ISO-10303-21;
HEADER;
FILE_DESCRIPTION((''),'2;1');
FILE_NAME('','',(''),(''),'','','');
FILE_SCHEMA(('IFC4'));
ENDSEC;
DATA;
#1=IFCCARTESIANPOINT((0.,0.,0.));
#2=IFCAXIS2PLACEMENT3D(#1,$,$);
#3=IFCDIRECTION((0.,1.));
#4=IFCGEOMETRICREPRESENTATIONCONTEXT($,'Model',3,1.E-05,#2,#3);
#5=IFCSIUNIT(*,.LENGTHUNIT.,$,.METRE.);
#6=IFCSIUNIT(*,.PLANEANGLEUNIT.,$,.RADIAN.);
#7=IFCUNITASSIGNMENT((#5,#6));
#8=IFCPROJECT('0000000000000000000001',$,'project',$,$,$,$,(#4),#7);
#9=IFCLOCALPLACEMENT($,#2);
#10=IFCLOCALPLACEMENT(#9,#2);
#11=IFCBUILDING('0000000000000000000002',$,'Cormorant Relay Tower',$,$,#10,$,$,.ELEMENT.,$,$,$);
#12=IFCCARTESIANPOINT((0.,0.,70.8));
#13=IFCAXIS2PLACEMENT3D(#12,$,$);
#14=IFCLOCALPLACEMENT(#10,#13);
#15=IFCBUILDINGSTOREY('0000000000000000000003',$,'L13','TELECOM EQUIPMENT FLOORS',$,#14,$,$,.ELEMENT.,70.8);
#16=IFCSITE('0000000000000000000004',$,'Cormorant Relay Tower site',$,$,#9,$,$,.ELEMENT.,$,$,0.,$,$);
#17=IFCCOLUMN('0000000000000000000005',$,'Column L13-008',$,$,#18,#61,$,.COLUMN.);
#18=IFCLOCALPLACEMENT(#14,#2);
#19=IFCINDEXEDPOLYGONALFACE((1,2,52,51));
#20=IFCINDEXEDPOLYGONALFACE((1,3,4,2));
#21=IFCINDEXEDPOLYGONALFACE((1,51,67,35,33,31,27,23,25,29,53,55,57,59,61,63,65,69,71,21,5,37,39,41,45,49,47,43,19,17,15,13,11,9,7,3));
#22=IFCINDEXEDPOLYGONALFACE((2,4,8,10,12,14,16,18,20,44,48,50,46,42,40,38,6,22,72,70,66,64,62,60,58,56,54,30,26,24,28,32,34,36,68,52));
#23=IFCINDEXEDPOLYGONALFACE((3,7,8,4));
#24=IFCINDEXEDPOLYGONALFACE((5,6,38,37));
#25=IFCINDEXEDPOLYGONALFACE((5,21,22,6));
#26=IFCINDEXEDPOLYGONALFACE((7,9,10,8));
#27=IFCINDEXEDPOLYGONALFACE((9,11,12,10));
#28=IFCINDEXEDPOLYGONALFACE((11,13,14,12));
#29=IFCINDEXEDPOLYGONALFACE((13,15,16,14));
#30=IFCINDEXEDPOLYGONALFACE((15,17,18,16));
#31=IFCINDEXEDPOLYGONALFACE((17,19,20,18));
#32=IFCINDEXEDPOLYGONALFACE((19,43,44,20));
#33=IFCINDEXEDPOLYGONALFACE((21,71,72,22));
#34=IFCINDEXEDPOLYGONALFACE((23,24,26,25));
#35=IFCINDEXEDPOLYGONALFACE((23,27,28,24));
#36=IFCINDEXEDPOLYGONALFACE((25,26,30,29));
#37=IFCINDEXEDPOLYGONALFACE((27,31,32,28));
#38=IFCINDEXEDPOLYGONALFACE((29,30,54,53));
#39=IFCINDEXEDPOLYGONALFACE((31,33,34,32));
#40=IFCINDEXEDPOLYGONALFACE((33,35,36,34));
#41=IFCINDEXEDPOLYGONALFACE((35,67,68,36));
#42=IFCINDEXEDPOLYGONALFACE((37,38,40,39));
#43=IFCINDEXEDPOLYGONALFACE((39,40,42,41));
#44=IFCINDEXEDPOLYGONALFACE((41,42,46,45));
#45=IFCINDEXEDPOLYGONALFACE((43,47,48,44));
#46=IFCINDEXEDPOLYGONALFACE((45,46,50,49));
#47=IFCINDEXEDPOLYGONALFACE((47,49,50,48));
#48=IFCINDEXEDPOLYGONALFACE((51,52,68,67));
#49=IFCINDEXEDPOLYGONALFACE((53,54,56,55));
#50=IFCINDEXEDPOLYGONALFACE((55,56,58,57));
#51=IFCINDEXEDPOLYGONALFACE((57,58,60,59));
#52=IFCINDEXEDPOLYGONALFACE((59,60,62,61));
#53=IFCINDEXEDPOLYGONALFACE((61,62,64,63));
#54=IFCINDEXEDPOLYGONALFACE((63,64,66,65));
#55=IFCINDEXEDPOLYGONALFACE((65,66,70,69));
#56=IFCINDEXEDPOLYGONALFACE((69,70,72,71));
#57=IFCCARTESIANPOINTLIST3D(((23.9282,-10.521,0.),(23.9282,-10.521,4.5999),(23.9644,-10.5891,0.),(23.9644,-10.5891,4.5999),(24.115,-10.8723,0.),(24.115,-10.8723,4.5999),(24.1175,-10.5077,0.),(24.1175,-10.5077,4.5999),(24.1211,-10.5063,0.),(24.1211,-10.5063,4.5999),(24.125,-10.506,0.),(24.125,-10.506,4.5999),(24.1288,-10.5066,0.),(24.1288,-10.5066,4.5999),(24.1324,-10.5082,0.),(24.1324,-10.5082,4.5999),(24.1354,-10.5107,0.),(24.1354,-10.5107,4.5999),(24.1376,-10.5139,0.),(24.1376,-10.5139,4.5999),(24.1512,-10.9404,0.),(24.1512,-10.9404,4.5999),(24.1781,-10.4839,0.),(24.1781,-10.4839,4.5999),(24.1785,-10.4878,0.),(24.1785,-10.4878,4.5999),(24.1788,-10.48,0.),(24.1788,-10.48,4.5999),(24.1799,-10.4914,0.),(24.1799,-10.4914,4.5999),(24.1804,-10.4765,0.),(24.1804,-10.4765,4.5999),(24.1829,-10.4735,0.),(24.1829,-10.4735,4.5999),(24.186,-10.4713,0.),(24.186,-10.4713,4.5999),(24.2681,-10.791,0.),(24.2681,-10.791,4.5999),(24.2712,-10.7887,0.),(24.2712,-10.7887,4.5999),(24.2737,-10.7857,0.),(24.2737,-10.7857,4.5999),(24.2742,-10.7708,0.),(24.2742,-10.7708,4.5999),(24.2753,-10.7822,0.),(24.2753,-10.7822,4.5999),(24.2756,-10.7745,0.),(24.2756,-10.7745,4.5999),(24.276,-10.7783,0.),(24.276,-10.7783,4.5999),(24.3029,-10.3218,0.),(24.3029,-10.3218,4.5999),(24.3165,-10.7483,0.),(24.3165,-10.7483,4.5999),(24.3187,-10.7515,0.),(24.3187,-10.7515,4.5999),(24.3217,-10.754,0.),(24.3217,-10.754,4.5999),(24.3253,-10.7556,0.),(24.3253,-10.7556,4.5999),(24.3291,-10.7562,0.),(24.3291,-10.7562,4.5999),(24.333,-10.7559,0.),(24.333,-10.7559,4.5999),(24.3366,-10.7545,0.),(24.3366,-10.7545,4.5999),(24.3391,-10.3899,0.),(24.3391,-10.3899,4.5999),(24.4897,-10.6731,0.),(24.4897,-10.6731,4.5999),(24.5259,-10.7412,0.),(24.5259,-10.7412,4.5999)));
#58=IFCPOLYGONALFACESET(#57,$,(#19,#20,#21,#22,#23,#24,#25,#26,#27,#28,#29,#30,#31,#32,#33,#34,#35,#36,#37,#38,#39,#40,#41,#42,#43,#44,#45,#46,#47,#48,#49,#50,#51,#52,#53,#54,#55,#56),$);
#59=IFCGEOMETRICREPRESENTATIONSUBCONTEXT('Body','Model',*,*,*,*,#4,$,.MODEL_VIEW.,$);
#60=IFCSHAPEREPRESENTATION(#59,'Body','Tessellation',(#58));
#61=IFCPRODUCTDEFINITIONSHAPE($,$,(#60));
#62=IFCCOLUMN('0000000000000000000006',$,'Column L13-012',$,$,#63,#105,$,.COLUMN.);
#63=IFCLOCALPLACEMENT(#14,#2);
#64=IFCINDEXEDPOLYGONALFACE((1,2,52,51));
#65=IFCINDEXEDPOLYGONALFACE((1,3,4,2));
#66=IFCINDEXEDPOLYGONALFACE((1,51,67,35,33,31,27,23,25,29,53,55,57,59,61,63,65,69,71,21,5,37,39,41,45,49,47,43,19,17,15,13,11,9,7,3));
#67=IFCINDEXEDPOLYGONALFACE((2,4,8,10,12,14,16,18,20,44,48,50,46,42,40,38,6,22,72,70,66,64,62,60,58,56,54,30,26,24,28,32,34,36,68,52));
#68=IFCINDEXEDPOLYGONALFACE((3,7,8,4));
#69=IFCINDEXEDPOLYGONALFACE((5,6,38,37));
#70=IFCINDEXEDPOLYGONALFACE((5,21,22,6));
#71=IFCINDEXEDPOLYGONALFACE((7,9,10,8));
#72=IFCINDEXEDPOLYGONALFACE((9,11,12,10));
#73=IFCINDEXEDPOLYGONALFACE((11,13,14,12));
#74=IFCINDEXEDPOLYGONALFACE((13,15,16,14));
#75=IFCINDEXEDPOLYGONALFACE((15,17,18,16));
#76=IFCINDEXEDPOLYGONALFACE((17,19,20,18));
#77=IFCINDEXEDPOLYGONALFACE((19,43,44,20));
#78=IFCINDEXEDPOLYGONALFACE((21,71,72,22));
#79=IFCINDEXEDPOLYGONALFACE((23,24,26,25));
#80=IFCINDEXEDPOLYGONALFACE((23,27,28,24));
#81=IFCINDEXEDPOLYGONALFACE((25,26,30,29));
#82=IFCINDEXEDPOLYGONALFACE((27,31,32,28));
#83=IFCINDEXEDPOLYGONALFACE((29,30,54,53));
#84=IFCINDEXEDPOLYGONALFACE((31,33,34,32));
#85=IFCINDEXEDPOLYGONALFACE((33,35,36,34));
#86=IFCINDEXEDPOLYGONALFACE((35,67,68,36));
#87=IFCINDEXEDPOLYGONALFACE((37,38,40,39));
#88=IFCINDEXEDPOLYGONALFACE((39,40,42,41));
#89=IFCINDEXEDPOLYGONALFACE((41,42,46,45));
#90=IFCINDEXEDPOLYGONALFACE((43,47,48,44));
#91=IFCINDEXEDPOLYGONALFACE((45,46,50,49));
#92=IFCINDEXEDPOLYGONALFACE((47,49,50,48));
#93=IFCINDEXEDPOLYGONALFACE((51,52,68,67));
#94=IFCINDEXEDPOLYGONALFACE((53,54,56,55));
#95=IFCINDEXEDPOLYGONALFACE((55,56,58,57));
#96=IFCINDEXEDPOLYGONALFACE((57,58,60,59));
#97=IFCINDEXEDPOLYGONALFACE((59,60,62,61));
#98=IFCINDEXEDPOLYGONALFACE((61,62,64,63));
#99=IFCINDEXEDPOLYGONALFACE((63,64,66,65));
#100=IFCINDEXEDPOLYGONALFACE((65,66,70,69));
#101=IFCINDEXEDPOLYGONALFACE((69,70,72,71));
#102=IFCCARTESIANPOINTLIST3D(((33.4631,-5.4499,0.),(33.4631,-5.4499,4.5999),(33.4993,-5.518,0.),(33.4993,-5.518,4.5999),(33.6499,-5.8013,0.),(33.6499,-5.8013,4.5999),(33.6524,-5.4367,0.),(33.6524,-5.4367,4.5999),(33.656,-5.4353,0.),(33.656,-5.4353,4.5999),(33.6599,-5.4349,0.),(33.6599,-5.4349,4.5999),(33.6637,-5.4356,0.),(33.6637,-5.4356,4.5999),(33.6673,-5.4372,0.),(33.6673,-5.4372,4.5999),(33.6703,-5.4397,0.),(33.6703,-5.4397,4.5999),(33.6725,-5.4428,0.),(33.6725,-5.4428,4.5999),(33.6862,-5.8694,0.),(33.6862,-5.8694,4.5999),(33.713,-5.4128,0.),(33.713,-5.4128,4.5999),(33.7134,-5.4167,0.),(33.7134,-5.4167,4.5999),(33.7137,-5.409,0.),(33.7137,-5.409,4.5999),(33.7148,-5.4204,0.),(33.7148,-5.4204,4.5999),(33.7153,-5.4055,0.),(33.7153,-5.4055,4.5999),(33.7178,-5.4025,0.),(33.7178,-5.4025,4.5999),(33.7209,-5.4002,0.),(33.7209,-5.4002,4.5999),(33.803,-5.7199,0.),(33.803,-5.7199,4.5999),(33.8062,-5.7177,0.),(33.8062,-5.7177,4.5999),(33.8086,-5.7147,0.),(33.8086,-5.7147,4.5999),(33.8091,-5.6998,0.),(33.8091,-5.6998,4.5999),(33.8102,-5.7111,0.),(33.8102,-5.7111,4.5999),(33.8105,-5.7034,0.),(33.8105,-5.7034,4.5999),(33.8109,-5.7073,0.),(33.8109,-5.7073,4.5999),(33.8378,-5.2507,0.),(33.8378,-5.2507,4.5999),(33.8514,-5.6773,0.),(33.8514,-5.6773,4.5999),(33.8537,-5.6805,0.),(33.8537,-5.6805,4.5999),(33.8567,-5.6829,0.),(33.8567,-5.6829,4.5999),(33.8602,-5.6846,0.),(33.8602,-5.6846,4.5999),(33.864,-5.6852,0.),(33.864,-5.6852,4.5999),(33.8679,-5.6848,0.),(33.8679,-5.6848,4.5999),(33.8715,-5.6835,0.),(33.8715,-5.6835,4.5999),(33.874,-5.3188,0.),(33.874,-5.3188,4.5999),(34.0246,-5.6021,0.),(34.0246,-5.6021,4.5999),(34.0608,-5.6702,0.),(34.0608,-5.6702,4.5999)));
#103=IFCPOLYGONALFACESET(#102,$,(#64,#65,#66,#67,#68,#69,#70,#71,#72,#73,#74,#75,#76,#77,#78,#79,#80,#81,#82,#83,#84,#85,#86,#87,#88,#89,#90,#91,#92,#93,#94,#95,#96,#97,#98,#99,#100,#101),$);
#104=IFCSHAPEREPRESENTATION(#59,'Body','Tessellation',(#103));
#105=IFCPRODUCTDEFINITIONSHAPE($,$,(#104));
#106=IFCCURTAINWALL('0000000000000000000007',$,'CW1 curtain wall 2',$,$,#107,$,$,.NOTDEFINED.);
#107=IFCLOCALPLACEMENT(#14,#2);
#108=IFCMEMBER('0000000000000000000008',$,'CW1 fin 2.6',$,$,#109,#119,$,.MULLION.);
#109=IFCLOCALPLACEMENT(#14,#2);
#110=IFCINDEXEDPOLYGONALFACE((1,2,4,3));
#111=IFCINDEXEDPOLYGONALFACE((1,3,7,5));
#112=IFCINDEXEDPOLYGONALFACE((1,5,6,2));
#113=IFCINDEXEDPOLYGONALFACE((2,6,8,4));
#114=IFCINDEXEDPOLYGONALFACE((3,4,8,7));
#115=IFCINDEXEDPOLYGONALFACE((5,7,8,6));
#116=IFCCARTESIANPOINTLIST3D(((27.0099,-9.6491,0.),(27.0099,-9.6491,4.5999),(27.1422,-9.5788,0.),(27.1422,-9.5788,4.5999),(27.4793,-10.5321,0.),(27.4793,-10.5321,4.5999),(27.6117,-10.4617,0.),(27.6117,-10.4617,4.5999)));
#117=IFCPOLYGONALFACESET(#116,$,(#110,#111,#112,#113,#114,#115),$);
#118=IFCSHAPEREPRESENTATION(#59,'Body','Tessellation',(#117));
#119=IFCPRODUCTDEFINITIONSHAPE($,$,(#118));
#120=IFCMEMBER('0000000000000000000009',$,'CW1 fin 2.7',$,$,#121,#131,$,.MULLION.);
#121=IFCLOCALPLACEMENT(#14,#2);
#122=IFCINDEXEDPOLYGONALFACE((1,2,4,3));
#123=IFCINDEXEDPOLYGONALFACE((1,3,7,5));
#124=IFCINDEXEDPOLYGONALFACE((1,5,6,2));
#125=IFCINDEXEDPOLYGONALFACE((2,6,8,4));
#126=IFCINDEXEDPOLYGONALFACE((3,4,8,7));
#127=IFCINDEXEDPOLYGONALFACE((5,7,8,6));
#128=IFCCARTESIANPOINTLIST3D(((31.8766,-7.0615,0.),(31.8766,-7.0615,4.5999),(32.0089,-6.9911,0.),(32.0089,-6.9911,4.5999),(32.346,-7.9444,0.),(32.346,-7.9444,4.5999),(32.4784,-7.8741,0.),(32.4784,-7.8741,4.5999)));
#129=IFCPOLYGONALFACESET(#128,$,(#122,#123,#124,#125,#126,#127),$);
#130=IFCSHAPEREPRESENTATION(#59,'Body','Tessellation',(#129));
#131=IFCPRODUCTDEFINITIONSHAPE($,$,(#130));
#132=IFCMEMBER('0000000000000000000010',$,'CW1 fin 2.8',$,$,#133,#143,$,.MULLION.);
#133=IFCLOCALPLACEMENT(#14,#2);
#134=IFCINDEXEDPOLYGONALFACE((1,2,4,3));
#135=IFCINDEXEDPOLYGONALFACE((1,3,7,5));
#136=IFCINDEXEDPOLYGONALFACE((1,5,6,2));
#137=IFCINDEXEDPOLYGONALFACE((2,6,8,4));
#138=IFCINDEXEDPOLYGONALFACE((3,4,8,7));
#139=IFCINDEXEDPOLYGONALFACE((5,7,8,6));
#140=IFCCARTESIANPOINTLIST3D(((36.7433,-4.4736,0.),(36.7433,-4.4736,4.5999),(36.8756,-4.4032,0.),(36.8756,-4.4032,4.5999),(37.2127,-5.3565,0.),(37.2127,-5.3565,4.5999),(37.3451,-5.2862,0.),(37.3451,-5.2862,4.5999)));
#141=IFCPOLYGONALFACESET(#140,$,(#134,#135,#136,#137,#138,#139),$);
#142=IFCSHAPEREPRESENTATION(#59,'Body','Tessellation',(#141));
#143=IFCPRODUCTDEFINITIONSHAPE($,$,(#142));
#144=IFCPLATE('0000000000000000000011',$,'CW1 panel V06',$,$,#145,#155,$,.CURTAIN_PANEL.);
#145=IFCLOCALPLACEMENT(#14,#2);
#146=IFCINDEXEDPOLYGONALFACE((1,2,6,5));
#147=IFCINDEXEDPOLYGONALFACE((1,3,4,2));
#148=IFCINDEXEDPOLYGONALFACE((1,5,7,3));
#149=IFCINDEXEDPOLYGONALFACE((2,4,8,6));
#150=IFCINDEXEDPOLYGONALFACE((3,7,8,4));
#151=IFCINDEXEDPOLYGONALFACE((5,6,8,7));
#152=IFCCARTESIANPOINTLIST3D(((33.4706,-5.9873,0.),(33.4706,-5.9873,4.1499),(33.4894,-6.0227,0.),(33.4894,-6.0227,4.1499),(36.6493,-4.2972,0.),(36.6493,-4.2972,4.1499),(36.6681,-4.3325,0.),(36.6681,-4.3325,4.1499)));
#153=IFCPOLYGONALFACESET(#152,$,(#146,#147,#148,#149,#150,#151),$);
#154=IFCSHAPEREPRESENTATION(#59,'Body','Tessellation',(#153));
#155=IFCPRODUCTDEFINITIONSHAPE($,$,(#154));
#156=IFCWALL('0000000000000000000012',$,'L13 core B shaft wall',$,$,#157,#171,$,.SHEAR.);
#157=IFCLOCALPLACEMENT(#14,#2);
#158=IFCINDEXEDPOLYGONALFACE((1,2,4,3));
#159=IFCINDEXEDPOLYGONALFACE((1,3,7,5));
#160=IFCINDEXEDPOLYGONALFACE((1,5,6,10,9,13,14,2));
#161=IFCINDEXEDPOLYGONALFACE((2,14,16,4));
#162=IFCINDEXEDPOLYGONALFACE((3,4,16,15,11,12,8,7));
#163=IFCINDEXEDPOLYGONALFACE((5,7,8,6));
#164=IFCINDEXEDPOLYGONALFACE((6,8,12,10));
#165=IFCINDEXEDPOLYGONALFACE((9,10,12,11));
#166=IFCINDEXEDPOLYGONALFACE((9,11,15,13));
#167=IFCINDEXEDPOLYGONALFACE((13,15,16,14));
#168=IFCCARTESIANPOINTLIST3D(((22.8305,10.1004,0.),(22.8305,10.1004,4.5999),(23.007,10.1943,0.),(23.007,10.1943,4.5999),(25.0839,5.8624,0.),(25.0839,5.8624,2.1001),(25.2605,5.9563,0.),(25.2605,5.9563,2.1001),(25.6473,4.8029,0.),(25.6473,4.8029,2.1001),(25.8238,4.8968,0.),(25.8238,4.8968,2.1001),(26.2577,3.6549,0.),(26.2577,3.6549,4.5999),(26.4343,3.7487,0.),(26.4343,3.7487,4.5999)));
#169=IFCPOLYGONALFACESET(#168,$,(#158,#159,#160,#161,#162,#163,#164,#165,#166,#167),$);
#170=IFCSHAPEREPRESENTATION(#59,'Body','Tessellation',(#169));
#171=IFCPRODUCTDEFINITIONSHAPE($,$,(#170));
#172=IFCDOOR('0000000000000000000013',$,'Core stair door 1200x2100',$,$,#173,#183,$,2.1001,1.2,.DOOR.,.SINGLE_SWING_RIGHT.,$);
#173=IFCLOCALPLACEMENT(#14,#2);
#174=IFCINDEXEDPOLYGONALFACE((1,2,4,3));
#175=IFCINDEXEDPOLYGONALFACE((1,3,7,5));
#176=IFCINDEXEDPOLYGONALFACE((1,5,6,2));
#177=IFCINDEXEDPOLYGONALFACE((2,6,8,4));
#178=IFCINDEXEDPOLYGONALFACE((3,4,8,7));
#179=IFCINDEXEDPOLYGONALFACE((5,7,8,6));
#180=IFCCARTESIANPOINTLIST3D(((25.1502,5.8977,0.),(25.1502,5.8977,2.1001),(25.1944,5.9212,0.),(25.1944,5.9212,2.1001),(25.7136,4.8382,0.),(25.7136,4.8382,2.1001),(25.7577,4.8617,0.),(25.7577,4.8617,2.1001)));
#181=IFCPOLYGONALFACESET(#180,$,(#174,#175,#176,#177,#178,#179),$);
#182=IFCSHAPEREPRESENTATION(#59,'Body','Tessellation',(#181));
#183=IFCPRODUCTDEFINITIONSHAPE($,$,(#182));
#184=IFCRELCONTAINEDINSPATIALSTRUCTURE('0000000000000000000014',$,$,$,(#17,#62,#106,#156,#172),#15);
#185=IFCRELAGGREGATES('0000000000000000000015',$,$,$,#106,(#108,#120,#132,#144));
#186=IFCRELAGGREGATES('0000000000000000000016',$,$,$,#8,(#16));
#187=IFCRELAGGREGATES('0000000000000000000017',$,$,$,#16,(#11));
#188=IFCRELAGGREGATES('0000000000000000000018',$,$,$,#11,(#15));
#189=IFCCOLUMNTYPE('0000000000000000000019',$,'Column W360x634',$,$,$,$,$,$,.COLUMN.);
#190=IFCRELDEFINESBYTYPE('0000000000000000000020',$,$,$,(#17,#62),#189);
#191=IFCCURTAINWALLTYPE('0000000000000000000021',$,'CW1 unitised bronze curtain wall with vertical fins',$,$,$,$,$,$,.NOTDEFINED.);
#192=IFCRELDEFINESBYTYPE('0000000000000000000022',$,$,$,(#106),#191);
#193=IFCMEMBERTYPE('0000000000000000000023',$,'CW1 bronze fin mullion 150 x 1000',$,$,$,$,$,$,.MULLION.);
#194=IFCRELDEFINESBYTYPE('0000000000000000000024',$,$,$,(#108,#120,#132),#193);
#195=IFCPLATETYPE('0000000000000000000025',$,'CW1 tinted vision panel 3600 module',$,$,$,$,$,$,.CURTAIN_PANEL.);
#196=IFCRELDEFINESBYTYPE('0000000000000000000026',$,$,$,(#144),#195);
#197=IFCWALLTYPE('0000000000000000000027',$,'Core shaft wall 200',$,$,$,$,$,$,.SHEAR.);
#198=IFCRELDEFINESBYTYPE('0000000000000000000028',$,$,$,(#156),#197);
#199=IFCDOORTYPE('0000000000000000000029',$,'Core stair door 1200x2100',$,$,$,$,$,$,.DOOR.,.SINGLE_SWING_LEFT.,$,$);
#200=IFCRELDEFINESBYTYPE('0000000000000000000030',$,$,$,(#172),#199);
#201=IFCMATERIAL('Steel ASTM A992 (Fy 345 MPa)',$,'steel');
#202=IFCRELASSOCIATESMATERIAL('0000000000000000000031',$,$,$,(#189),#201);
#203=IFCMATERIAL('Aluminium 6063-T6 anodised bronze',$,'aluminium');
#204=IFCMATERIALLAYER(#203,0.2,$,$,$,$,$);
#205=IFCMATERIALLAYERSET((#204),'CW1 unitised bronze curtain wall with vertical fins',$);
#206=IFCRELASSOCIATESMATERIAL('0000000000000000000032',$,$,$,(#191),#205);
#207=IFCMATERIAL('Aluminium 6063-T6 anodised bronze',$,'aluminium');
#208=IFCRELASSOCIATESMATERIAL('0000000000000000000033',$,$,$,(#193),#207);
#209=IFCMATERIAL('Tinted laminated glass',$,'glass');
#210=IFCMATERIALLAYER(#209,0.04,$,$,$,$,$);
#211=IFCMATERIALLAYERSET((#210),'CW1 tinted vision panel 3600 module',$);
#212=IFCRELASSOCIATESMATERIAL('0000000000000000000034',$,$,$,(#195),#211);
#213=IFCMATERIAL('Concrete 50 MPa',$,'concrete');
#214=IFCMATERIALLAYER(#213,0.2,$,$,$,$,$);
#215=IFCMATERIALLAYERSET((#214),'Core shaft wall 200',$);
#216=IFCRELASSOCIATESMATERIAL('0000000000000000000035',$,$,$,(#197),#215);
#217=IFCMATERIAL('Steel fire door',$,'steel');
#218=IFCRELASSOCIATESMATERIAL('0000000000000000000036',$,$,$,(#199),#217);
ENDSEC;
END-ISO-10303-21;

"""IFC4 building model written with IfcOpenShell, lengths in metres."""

from ifc_helpers import new_model, si_unit, direction, frame, frame_2d, origin, origin_2d, place, context, subcontext, project, spatial, rectangle, i_section, extrude, material, layer, layer_set, material_profile, profile_set, type_object, element, fill, aggregate, save


model = new_model("IFC4")

# Units and contexts
model_context = context("Model", 3, precision=1e-05, world=origin(), true_north=direction((0.0, 1.0)))
body_context = subcontext(model_context, "Body", "Model", "MODEL_VIEW")
ifc_project = project(units=[si_unit("LENGTHUNIT", "METRE"), si_unit("PLANEANGLEUNIT", "RADIAN")], contexts=[model_context])

# Site, building, storey
site_placement = place(None, origin())
site = spatial("IfcSite", under=ifc_project, at=site_placement, Name="Cormorant Relay Tower site", CompositionType="ELEMENT", RefElevation=0.0)
building_placement = place(site_placement, origin())
building = spatial("IfcBuilding", under=site, at=building_placement, Name="Cormorant Relay Tower", CompositionType="ELEMENT")
storey_placement = place(building_placement, frame((0.0, 0.0, 70.8)))
storey = spatial("IfcBuildingStorey", under=building, at=storey_placement, Name="L13", Description="TELECOM EQUIPMENT FLOORS", CompositionType="ELEMENT", Elevation=70.8)

# Columns
ifc_material_1 = material(Name="Steel ASTM A992 (Fy 345 MPa)", Category="steel")
ifc_material_profile_1 = material_profile(ifc_material_1, i_section(OverallWidth=0.4243, OverallDepth=0.4751, WebThickness=0.0479, FlangeThickness=0.0771, FilletRadius=0.0149, at=origin_2d()), Name="W360x634")
ifc_profile_set_1 = profile_set([ifc_material_profile_1], Name="Steel ASTM A992 (Fy 345 MPa)")
column_type = type_object("IfcColumnType", Name="Column W360x634", PredefinedType="COLUMN", material=ifc_profile_set_1)
for number, where, z_axis, x_axis, name in (
    (1, (24.2271, -10.6311, 0.0), (0.0, 0.0, 1.0), (0.882948, 0.469472, 0.0), "Column L13-008"),
    (2, (33.762, -5.5601, 0.0), (0.0, 0.0, 1.0), (0.882948, 0.469472, 0.0), "Column L13-012"),
):
    element("IfcColumn", number, at=place(storey_placement, frame(where, z_axis=z_axis, x_axis=x_axis)), inside=storey, type_object=column_type, Name=name, PredefinedType="COLUMN", context=body_context, shape_type="SweptSolid", body=[
        extrude(i_section(OverallWidth=0.4243, OverallDepth=0.4751, WebThickness=0.0479, FlangeThickness=0.0771, FilletRadius=0.0149, at=origin_2d()), origin(), (0.0, 0.0, 1.0), 4.5999),
    ])

# Curtain wall, members, plate
ifc_material_2 = material(Name="Aluminium 6063-T6 anodised bronze", Category="aluminium")
ifc_layer_1 = layer(ifc_material_2, 0.2)
ifc_layer_set_1 = layer_set([ifc_layer_1], Name="CW1 unitised bronze curtain wall with vertical fins")
curtain_wall_type = type_object("IfcCurtainWallType", Name="CW1 unitised bronze curtain wall with vertical fins", PredefinedType="NOTDEFINED", material=ifc_layer_set_1)
curtain_wall_placement = place(storey_placement, origin())
curtain_wall = element("IfcCurtainWall", 3, at=curtain_wall_placement, inside=storey, type_object=curtain_wall_type, Name="CW1 curtain wall 2", PredefinedType="NOTDEFINED")
ifc_material_3 = material(Name="Aluminium 6063-T6 anodised bronze", Category="aluminium")
ifc_material_profile_2 = material_profile(ifc_material_3, rectangle(XDim=0.1499, YDim=1.0, at=origin_2d()), Name="AL 150x1000")
ifc_profile_set_2 = profile_set([ifc_material_profile_2], Name="Aluminium 6063-T6 anodised bronze")
member_type = type_object("IfcMemberType", Name="CW1 bronze fin mullion 150 x 1000", PredefinedType="MULLION", material=ifc_profile_set_2)
member_1_placement = place(storey_placement, frame((27.3108, -10.0554, 0.0), z_axis=(0.0, 0.0, 1.0), x_axis=(0.882948, 0.469472, 0.0)))
member_1 = element("IfcMember", 4, at=member_1_placement, type_object=member_type, Name="CW1 fin 2.6", PredefinedType="MULLION", context=body_context, shape_type="SweptSolid", body=[
    extrude(rectangle(XDim=0.1499, YDim=1.0, at=origin_2d()), origin(), (0.0, 0.0, 1.0), 4.5999),
])
member_2_placement = place(storey_placement, frame((32.1775, -7.4678, 0.0), z_axis=(0.0, 0.0, 1.0), x_axis=(0.882948, 0.469472, 0.0)))
member_2 = element("IfcMember", 5, at=member_2_placement, type_object=member_type, Name="CW1 fin 2.7", PredefinedType="MULLION", context=body_context, shape_type="SweptSolid", body=[
    extrude(rectangle(XDim=0.1499, YDim=1.0, at=origin_2d()), origin(), (0.0, 0.0, 1.0), 4.5999),
])
member_3_placement = place(storey_placement, frame((37.0442, -4.8799, 0.0), z_axis=(0.0, 0.0, 1.0), x_axis=(0.882948, 0.469472, 0.0)))
member_3 = element("IfcMember", 6, at=member_3_placement, type_object=member_type, Name="CW1 fin 2.8", PredefinedType="MULLION", context=body_context, shape_type="SweptSolid", body=[
    extrude(rectangle(XDim=0.1499, YDim=1.0, at=origin_2d()), origin(), (0.0, 0.0, 1.0), 4.5999),
])
ifc_material_4 = material(Name="Tinted laminated glass", Category="glass")
ifc_layer_2 = layer(ifc_material_4, 0.04)
ifc_layer_set_2 = layer_set([ifc_layer_2], Name="CW1 tinted vision panel 3600 module")
plate_type = type_object("IfcPlateType", Name="CW1 tinted vision panel 3600 module", PredefinedType="CURTAIN_PANEL", material=ifc_layer_set_2)
plate_placement = place(storey_placement, frame((35.0693, -5.1599, 0.0), z_axis=(0.0, 0.0, 1.0), x_axis=(0.882948, 0.469472, 0.0)))
plate = element("IfcPlate", 7, at=plate_placement, type_object=plate_type, Name="CW1 panel V06", PredefinedType="CURTAIN_PANEL", context=body_context, shape_type="SweptSolid", body=[
    extrude(rectangle(XDim=3.6001, YDim=0.04, at=origin_2d()), origin(), (0.0, 0.0, 1.0), 4.1499),
])

# Wall, opening, door
ifc_material_5 = material(Name="Concrete 50 MPa", Category="concrete")
ifc_layer_3 = layer(ifc_material_5, 0.2)
ifc_layer_set_3 = layer_set([ifc_layer_3], Name="Core shaft wall 200")
wall_type_1 = type_object("IfcWallType", Name="Core shaft wall 200", PredefinedType="SHEAR", material=ifc_layer_set_3)
wall_1_placement = place(storey_placement, frame((26.3459, 3.7019, 0.0), z_axis=(0.0, 0.0, 1.0), x_axis=(-0.46948, 0.882943, 0.0)))
wall_1 = element("IfcWall", 8, at=wall_1_placement, inside=storey, type_object=wall_type_1, Name="L13 core B shaft wall", PredefinedType="SHEAR", context=body_context, shape_type="SweptSolid", body=[
    extrude(rectangle(XDim=7.3, YDim=0.2, at=frame_2d((3.6499, 0.0))), origin(), (0.0, 0.0, 1.0), 4.5999),
])
opening_1_placement = place(wall_1_placement, frame((1.3, 0.0, 0.0)))
opening_1 = element("IfcOpeningElement", 9, at=opening_1_placement, cuts=wall_1, PredefinedType="OPENING", context=body_context, shape_type="SweptSolid", body=[
    extrude(rectangle(XDim=1.2, YDim=2.1001, at=frame_2d((0.6001, 1.05))), frame((0.0, 0.1099, 0.0), z_axis=(0.0, -1.0, 0.0), x_axis=(1.0, 0.0, 0.0)), (0.0, 0.0, 1.0), 0.22),
])
ifc_material_6 = material(Name="Steel fire door", Category="steel")
door_type_1 = type_object("IfcDoorType", Name="Core stair door 1200x2100", OperationType="SINGLE_SWING_LEFT", PredefinedType="DOOR", material=ifc_material_6)
door_1_placement = place(opening_1_placement, origin())
door_1 = element("IfcDoor", 10, at=door_1_placement, inside=storey, type_object=door_type_1, Name="Core stair door 1200x2100", OperationType="SINGLE_SWING_RIGHT", OverallHeight=2.1001, OverallWidth=1.2, PredefinedType="DOOR", context=body_context, shape_type="SweptSolid", body=[
    extrude(rectangle(XDim=1.2, YDim=2.1001, at=frame_2d((0.6001, 1.05))), frame((0.0, 0.0249, 0.0), z_axis=(0.0, -1.0, 0.0), x_axis=(1.0, 0.0, 0.0)), (0.0, 0.0, 1.0), 0.05),
])
fill(opening_1, door_1)

aggregate(curtain_wall, [member_1, member_2, member_3, plate])

save(model, "model.ifc")
